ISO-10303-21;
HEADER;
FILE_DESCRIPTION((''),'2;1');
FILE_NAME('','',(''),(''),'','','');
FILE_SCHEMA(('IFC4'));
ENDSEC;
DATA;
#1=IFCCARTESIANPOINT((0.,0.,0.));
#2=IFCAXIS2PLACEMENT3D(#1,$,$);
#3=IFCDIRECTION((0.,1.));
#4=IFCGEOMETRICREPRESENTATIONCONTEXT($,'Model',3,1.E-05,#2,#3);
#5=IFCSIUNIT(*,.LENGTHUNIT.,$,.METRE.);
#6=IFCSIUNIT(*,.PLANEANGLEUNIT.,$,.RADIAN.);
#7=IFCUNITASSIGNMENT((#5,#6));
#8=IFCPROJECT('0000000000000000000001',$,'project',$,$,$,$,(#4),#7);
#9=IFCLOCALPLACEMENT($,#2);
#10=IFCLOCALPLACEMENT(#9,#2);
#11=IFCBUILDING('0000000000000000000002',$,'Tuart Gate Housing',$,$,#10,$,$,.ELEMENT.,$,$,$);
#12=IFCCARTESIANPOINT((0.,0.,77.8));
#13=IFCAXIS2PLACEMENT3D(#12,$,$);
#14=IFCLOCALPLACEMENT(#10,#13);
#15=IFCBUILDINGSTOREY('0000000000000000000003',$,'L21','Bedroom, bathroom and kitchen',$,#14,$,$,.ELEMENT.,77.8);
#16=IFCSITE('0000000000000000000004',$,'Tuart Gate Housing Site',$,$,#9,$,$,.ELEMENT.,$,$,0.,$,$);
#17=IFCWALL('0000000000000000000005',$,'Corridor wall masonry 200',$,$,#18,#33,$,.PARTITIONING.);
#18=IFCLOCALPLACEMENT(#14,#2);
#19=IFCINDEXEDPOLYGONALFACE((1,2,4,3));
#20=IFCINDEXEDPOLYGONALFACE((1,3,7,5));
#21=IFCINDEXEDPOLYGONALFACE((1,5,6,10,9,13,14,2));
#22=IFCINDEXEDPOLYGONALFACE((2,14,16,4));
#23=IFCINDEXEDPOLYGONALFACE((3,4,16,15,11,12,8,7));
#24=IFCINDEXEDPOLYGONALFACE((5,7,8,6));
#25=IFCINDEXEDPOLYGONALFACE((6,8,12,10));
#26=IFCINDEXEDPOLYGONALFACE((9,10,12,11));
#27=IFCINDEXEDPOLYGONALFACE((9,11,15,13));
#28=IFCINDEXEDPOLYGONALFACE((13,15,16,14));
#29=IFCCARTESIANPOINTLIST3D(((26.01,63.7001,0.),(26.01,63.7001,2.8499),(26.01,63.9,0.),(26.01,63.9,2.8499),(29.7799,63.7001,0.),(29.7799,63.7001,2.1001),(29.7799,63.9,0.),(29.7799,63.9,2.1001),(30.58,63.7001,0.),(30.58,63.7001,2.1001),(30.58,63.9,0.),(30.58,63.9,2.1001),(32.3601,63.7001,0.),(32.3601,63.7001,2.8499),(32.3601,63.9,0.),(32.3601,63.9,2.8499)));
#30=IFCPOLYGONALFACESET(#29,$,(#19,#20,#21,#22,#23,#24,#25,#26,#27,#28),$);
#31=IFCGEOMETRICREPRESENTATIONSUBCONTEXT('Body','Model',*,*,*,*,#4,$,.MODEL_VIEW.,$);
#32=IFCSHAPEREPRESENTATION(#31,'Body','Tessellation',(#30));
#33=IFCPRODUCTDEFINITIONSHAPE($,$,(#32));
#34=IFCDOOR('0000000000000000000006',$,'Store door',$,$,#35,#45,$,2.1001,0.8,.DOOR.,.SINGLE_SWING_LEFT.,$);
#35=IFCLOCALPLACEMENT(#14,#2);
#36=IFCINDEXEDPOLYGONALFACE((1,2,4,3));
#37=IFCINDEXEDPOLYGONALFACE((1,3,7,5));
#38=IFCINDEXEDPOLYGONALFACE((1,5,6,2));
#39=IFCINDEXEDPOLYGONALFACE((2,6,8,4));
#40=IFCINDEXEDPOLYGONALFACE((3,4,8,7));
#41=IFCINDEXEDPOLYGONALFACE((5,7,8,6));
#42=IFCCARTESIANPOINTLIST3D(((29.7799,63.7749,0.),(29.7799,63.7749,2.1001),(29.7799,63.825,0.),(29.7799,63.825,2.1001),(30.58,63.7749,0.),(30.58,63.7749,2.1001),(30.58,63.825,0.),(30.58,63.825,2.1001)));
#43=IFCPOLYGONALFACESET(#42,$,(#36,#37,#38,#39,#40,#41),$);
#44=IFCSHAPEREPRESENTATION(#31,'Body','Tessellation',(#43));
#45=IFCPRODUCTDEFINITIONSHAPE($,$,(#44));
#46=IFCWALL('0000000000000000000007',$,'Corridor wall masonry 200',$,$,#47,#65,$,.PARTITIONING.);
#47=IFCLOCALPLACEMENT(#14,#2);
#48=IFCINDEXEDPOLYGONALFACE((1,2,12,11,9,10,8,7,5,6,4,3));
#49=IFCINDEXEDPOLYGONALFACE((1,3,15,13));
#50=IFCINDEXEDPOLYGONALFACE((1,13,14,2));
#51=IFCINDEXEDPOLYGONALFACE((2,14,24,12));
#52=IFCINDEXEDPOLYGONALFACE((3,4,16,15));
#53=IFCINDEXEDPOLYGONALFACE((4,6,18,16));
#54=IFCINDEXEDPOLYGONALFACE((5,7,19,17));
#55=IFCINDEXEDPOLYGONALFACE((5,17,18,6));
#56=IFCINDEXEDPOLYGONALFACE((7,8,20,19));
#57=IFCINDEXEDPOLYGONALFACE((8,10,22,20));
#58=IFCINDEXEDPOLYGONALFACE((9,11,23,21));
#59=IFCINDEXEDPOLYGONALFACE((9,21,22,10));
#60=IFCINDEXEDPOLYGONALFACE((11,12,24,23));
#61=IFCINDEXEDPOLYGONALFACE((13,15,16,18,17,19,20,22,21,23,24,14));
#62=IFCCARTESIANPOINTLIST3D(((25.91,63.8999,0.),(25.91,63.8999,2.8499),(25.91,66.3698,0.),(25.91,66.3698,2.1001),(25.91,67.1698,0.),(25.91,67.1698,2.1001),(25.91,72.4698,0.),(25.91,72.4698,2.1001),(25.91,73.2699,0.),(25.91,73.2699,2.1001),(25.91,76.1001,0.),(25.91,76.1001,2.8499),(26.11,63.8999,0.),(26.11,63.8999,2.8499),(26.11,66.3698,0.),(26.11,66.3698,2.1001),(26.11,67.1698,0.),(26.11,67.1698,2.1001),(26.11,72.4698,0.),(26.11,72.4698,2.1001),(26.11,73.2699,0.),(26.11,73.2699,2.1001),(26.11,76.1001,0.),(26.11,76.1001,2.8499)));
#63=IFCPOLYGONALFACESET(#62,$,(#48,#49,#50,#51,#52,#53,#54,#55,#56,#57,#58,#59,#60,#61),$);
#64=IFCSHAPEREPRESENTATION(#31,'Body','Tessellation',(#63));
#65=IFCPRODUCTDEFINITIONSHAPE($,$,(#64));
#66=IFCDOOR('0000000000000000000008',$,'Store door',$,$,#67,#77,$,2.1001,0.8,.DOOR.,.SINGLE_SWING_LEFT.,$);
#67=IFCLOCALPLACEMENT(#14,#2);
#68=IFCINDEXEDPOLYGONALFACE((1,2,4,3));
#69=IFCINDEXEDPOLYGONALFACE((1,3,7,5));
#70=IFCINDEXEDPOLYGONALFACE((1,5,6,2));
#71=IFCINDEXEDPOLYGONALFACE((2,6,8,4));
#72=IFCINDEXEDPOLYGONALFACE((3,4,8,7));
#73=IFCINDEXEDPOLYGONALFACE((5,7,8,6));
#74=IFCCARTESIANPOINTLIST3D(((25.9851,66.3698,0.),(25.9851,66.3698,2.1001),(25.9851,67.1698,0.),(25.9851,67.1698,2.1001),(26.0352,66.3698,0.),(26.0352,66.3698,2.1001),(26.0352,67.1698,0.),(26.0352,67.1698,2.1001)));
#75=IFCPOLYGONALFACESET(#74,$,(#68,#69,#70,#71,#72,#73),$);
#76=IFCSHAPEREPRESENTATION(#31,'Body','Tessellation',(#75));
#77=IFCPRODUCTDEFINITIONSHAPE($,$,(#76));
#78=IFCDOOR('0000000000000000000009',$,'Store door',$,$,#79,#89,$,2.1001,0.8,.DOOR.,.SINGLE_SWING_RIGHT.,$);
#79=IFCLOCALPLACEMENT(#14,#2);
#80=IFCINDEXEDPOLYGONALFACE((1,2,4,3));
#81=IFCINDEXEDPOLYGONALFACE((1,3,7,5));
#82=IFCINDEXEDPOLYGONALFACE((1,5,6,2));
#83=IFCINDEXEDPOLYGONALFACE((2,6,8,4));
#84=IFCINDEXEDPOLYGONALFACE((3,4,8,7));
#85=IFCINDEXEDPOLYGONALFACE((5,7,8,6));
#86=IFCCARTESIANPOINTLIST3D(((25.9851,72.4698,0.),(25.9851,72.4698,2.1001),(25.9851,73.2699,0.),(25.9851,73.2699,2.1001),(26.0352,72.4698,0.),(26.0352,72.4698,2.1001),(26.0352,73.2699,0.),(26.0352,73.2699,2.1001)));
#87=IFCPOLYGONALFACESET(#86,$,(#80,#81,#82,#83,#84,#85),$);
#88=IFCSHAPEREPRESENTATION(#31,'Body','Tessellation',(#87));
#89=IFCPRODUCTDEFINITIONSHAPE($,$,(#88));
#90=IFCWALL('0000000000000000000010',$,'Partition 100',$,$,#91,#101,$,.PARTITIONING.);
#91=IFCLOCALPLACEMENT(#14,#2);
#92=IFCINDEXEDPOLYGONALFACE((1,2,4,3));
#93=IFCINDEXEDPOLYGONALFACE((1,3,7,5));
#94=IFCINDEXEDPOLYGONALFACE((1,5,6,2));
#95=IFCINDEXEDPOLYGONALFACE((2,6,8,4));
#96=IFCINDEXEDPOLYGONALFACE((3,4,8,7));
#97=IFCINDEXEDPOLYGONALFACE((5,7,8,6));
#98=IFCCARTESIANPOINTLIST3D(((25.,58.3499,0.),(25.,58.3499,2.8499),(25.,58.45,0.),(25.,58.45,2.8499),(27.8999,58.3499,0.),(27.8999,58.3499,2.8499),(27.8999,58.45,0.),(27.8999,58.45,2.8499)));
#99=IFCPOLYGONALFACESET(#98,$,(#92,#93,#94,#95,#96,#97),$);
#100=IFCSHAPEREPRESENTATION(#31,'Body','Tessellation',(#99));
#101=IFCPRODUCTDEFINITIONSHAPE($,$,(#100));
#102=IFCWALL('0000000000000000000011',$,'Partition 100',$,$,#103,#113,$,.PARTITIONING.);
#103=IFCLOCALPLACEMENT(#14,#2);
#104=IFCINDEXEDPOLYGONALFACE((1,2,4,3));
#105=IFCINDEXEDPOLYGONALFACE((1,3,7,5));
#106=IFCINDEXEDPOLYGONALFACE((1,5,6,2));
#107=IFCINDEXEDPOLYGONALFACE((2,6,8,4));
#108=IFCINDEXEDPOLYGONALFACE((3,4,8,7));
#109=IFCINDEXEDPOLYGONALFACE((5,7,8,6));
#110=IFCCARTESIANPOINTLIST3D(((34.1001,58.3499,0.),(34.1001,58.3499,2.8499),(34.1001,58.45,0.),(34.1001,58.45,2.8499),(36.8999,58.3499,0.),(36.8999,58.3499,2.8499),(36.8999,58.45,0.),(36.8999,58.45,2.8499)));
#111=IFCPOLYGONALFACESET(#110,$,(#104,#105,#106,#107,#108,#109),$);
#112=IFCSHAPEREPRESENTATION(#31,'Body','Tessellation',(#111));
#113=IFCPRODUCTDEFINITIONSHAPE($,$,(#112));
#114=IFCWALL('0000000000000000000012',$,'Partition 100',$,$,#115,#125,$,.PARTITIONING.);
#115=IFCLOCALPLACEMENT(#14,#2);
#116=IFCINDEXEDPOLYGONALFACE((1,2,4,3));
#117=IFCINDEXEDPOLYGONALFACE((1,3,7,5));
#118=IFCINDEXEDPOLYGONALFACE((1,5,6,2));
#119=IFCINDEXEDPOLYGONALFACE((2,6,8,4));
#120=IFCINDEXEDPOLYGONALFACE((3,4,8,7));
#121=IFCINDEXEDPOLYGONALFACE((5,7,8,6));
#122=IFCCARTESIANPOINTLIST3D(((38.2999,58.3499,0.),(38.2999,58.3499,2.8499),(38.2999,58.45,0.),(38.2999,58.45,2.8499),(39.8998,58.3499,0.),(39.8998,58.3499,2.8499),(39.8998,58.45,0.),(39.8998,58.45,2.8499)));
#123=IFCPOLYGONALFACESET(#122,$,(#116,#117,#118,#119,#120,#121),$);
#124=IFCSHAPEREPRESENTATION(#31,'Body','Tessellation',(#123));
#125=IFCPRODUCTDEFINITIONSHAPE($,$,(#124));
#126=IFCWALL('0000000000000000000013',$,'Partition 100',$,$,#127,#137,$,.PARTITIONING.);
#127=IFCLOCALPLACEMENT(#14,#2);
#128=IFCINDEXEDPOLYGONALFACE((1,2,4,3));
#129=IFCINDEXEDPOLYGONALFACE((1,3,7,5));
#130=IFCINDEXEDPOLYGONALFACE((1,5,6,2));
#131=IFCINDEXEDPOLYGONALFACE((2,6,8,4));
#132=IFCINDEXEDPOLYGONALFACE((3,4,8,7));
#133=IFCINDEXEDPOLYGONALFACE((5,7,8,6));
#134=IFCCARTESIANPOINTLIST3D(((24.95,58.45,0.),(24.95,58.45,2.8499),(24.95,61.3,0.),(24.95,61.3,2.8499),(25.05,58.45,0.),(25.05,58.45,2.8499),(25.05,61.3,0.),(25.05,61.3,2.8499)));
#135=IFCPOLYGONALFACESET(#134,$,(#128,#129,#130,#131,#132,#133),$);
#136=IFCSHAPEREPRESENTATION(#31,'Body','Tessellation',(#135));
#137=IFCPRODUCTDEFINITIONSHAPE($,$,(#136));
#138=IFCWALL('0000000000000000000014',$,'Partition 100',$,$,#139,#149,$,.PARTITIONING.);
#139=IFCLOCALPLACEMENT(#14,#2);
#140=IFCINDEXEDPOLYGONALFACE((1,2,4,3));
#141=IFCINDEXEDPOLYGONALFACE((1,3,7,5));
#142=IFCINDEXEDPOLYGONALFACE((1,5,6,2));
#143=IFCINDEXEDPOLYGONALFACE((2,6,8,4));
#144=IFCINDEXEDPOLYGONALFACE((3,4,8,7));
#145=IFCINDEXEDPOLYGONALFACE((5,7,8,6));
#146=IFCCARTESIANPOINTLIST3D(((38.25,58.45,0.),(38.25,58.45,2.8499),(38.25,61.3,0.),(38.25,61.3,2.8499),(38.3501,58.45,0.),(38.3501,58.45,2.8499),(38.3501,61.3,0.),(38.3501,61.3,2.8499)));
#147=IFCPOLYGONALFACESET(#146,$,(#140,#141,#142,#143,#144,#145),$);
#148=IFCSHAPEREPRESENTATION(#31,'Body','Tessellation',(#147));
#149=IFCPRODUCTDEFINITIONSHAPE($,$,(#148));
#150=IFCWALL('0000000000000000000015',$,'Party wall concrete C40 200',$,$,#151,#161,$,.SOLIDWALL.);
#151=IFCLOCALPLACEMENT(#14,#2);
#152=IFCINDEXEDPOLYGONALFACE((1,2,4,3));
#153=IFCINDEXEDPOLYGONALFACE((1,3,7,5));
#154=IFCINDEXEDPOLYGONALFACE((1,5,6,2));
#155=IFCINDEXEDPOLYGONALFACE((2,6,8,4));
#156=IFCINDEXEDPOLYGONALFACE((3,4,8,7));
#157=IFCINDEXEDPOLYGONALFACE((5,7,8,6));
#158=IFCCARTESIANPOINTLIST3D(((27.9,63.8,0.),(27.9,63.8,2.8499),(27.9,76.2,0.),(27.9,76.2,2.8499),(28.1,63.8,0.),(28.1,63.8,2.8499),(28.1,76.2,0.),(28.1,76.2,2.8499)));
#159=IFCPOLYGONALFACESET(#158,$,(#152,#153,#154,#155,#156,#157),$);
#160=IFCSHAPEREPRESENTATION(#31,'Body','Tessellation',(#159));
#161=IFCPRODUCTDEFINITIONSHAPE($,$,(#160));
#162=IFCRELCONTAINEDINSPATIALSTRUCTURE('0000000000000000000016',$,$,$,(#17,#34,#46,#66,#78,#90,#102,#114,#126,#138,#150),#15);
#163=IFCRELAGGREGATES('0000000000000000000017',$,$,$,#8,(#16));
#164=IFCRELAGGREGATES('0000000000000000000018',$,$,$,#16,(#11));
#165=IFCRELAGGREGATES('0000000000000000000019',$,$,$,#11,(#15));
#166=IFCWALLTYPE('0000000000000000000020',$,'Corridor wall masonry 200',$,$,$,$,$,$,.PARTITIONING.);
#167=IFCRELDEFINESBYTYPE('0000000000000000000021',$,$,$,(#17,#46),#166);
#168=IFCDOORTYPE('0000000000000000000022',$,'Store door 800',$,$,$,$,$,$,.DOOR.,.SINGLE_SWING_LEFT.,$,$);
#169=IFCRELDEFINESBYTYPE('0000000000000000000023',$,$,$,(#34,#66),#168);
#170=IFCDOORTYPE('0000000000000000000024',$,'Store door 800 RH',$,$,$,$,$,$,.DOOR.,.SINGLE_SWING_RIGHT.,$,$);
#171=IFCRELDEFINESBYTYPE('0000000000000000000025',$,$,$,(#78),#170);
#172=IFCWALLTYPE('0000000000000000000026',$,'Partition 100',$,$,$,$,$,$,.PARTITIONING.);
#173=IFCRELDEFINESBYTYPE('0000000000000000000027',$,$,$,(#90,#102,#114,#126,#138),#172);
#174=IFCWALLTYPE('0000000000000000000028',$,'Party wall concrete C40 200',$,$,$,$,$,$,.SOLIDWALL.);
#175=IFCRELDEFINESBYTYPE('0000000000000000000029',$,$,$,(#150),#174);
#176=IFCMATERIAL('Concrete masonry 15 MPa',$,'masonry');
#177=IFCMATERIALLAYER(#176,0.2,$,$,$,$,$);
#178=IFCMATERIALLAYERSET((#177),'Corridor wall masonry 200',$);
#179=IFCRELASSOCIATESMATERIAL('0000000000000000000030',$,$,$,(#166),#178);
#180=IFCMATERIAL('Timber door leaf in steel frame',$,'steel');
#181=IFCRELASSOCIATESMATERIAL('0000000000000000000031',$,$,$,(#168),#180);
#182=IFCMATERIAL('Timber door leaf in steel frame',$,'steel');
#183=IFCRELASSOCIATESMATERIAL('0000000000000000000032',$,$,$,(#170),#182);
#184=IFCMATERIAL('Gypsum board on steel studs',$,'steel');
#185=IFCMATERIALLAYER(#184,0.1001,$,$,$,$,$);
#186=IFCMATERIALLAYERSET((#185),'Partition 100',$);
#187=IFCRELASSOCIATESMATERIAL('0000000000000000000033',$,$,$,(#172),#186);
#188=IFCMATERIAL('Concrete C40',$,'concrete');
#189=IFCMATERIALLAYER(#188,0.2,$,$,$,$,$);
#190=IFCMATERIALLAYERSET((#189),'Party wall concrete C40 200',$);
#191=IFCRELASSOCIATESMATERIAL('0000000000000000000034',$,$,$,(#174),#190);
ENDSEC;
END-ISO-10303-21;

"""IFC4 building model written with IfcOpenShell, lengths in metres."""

from ifc_helpers import new_model, si_unit, direction, frame, frame_2d, origin, place, context, subcontext, project, spatial, rectangle, extrude, material, layer, layer_set, type_object, element, fill, save


model = new_model("IFC4")

# Units and contexts
model_context = context("Model", 3, precision=1e-05, world=origin(), true_north=direction((0.0, 1.0)))
body_context = subcontext(model_context, "Body", "Model", "MODEL_VIEW")
ifc_project = project(units=[si_unit("LENGTHUNIT", "METRE"), si_unit("PLANEANGLEUNIT", "RADIAN")], contexts=[model_context])

# Site, building, storey
site_placement = place(None, origin())
site = spatial("IfcSite", under=ifc_project, at=site_placement, Name="Tuart Gate Housing Site", CompositionType="ELEMENT", RefElevation=0.0)
building_placement = place(site_placement, origin())
building = spatial("IfcBuilding", under=site, at=building_placement, Name="Tuart Gate Housing", CompositionType="ELEMENT")
storey_placement = place(building_placement, frame((0.0, 0.0, 77.8)))
storey = spatial("IfcBuildingStorey", under=building, at=storey_placement, Name="L21", Description="Bedroom, bathroom and kitchen", CompositionType="ELEMENT", Elevation=77.8)

# Shared definitions
ifc_material_1 = material(Name="Concrete masonry 15 MPa", Category="masonry")
ifc_layer_1 = layer(ifc_material_1, 0.2)
ifc_layer_set_1 = layer_set([ifc_layer_1], Name="Corridor wall masonry 200")
wall_type_1 = type_object("IfcWallType", Name="Corridor wall masonry 200", PredefinedType="PARTITIONING", material=ifc_layer_set_1)

# Wall, opening, door
wall_1_placement = place(storey_placement, frame((26.01, 63.8, 0.0), z_axis=(0.0, 0.0, 1.0), x_axis=(1.0, 0.0, 0.0)))
wall_1 = element("IfcWall", 1, at=wall_1_placement, inside=storey, type_object=wall_type_1, Name="Corridor wall masonry 200", PredefinedType="PARTITIONING", context=body_context, shape_type="SweptSolid", body=[
    extrude(rectangle(XDim=6.3501, YDim=0.2, at=frame_2d((3.175, 0.0))), origin(), (0.0, 0.0, 1.0), 2.8499),
])
opening_1_placement = place(wall_1_placement, frame((3.77, 0.0, 0.0)))
opening_1 = element("IfcOpeningElement", 2, at=opening_1_placement, cuts=wall_1, PredefinedType="OPENING", context=body_context, shape_type="SweptSolid", body=[
    extrude(rectangle(XDim=0.8, YDim=2.1001, at=frame_2d((0.3999, 1.05))), frame((0.0, 0.1099, 0.0), z_axis=(0.0, -1.0, 0.0), x_axis=(1.0, 0.0, 0.0)), (0.0, 0.0, 1.0), 0.22),
])
ifc_material_2 = material(Name="Timber door leaf in steel frame", Category="steel")
door_type_1 = type_object("IfcDoorType", Name="Store door 800", OperationType="SINGLE_SWING_LEFT", PredefinedType="DOOR", material=ifc_material_2)
door_1_placement = place(opening_1_placement, origin())
door_1 = element("IfcDoor", 3, at=door_1_placement, inside=storey, type_object=door_type_1, Name="Store door", OperationType="SINGLE_SWING_LEFT", OverallHeight=2.1001, OverallWidth=0.8, PredefinedType="DOOR", context=body_context, shape_type="SweptSolid", body=[
    extrude(rectangle(XDim=0.8, YDim=2.1001, at=frame_2d((0.3999, 1.05))), frame((0.0, 0.0249, 0.0), z_axis=(0.0, -1.0, 0.0), x_axis=(1.0, 0.0, 0.0)), (0.0, 0.0, 1.0), 0.05),
])
fill(opening_1, door_1)

# Wall, openings, doors
wall_2_placement = place(storey_placement, frame((26.01, 63.8999, 0.0), z_axis=(0.0, 0.0, 1.0), x_axis=(0.0, 1.0, 0.0)))
wall_2 = element("IfcWall", 4, at=wall_2_placement, inside=storey, type_object=wall_type_1, Name="Corridor wall masonry 200", PredefinedType="PARTITIONING", context=body_context, shape_type="SweptSolid", body=[
    extrude(rectangle(XDim=12.2002, YDim=0.2, at=frame_2d((6.1001, 0.0))), origin(), (0.0, 0.0, 1.0), 2.8499),
])
opening_2_placement = place(wall_2_placement, frame((2.47, 0.0, 0.0)))
opening_2 = element("IfcOpeningElement", 5, at=opening_2_placement, cuts=wall_2, PredefinedType="OPENING", context=body_context, shape_type="SweptSolid", body=[
    extrude(rectangle(XDim=0.8, YDim=2.1001, at=frame_2d((0.3999, 1.05))), frame((0.0, 0.1099, 0.0), z_axis=(0.0, -1.0, 0.0), x_axis=(1.0, 0.0, 0.0)), (0.0, 0.0, 1.0), 0.22),
])
opening_3_placement = place(wall_2_placement, frame((8.5701, 0.0, 0.0)))
opening_3 = element("IfcOpeningElement", 6, at=opening_3_placement, cuts=wall_2, PredefinedType="OPENING", context=body_context, shape_type="SweptSolid", body=[
    extrude(rectangle(XDim=0.8, YDim=2.1001, at=frame_2d((0.3999, 1.05))), frame((0.0, 0.1099, 0.0), z_axis=(0.0, -1.0, 0.0), x_axis=(1.0, 0.0, 0.0)), (0.0, 0.0, 1.0), 0.22),
])
door_2_placement = place(opening_2_placement, frame((0.8, 0.0, 0.0), z_axis=(0.0, 0.0, 1.0), x_axis=(-1.0, 0.0, 0.0)))
door_2 = element("IfcDoor", 7, at=door_2_placement, inside=storey, type_object=door_type_1, Name="Store door", OperationType="SINGLE_SWING_LEFT", OverallHeight=2.1001, OverallWidth=0.8, PredefinedType="DOOR", context=body_context, shape_type="SweptSolid", body=[
    extrude(rectangle(XDim=0.8, YDim=2.1001, at=frame_2d((0.4001, 1.05))), frame((0.0, 0.0251, 0.0), z_axis=(0.0, -1.0, 0.0), x_axis=(1.0, 0.0, 0.0)), (0.0, 0.0, 1.0), 0.05),
])
fill(opening_2, door_2)
ifc_material_3 = material(Name="Timber door leaf in steel frame", Category="steel")
door_type_2 = type_object("IfcDoorType", Name="Store door 800 RH", OperationType="SINGLE_SWING_RIGHT", PredefinedType="DOOR", material=ifc_material_3)
door_3_placement = place(opening_3_placement, frame((0.8, 0.0, 0.0), z_axis=(0.0, 0.0, 1.0), x_axis=(-1.0, 0.0, 0.0)))
door_3 = element("IfcDoor", 8, at=door_3_placement, inside=storey, type_object=door_type_2, Name="Store door", OperationType="SINGLE_SWING_RIGHT", OverallHeight=2.1001, OverallWidth=0.8, PredefinedType="DOOR", context=body_context, shape_type="SweptSolid", body=[
    extrude(rectangle(XDim=0.8, YDim=2.1001, at=frame_2d((0.4001, 1.05))), frame((0.0, 0.0251, 0.0), z_axis=(0.0, -1.0, 0.0), x_axis=(1.0, 0.0, 0.0)), (0.0, 0.0, 1.0), 0.05),
])
fill(opening_3, door_3)

# Walls
ifc_material_4 = material(Name="Gypsum board on steel studs", Category="steel")
ifc_layer_2 = layer(ifc_material_4, 0.1001)
ifc_layer_set_2 = layer_set([ifc_layer_2], Name="Partition 100")
wall_type_2 = type_object("IfcWallType", Name="Partition 100", PredefinedType="PARTITIONING", material=ifc_layer_set_2)
wall_3_placement = place(storey_placement, frame((25.0, 58.3999, 0.0), z_axis=(0.0, 0.0, 1.0), x_axis=(1.0, 0.0, 0.0)))
element("IfcWall", 9, at=wall_3_placement, inside=storey, type_object=wall_type_2, Name="Partition 100", PredefinedType="PARTITIONING", context=body_context, shape_type="SweptSolid", body=[
    extrude(rectangle(XDim=2.8999, YDim=0.1001, at=frame_2d((1.45, 0.0))), origin(), (0.0, 0.0, 1.0), 2.8499),
])
wall_4_placement = place(storey_placement, frame((34.1001, 58.3999, 0.0), z_axis=(0.0, 0.0, 1.0), x_axis=(1.0, 0.0, 0.0)))
element("IfcWall", 10, at=wall_4_placement, inside=storey, type_object=wall_type_2, Name="Partition 100", PredefinedType="PARTITIONING", context=body_context, shape_type="SweptSolid", body=[
    extrude(rectangle(XDim=2.7998, YDim=0.1001, at=frame_2d((1.3999, 0.0))), origin(), (0.0, 0.0, 1.0), 2.8499),
])
wall_5_placement = place(storey_placement, frame((38.3, 58.3999, 0.0), z_axis=(0.0, 0.0, 1.0), x_axis=(1.0, 0.0, 0.0)))
element("IfcWall", 11, at=wall_5_placement, inside=storey, type_object=wall_type_2, Name="Partition 100", PredefinedType="PARTITIONING", context=body_context, shape_type="SweptSolid", body=[
    extrude(rectangle(XDim=1.5999, YDim=0.1001, at=frame_2d((0.7998, 0.0))), origin(), (0.0, 0.0, 1.0), 2.8499),
])
for number, where, z_axis, x_axis, name in (
    (12, (25.0, 58.45, 0.0), (0.0, 0.0, 1.0), (0.0, 1.0, 0.0), "Partition 100"),
    (13, (38.3, 58.45, 0.0), (0.0, 0.0, 1.0), (0.0, 1.0, 0.0), "Partition 100"),
):
    element("IfcWall", number, at=place(storey_placement, frame(where, z_axis=z_axis, x_axis=x_axis)), inside=storey, type_object=wall_type_2, Name=name, PredefinedType="PARTITIONING", context=body_context, shape_type="SweptSolid", body=[
        extrude(rectangle(XDim=2.8501, YDim=0.1001, at=frame_2d((1.425, 0.0))), origin(), (0.0, 0.0, 1.0), 2.8499),
    ])
ifc_material_5 = material(Name="Concrete C40", Category="concrete")
ifc_layer_3 = layer(ifc_material_5, 0.2)
ifc_layer_set_3 = layer_set([ifc_layer_3], Name="Party wall concrete C40 200")
wall_type_3 = type_object("IfcWallType", Name="Party wall concrete C40 200", PredefinedType="SOLIDWALL", material=ifc_layer_set_3)
wall_6_placement = place(storey_placement, frame((28.0, 63.8, 0.0), z_axis=(0.0, 0.0, 1.0), x_axis=(0.0, 1.0, 0.0)))
element("IfcWall", 14, at=wall_6_placement, inside=storey, type_object=wall_type_3, Name="Party wall concrete C40 200", PredefinedType="SOLIDWALL", context=body_context, shape_type="SweptSolid", body=[
    extrude(rectangle(XDim=12.3999, YDim=0.2, at=frame_2d((6.2, 0.0))), origin(), (0.0, 0.0, 1.0), 2.8499),
])

save(model, "model.ifc")
